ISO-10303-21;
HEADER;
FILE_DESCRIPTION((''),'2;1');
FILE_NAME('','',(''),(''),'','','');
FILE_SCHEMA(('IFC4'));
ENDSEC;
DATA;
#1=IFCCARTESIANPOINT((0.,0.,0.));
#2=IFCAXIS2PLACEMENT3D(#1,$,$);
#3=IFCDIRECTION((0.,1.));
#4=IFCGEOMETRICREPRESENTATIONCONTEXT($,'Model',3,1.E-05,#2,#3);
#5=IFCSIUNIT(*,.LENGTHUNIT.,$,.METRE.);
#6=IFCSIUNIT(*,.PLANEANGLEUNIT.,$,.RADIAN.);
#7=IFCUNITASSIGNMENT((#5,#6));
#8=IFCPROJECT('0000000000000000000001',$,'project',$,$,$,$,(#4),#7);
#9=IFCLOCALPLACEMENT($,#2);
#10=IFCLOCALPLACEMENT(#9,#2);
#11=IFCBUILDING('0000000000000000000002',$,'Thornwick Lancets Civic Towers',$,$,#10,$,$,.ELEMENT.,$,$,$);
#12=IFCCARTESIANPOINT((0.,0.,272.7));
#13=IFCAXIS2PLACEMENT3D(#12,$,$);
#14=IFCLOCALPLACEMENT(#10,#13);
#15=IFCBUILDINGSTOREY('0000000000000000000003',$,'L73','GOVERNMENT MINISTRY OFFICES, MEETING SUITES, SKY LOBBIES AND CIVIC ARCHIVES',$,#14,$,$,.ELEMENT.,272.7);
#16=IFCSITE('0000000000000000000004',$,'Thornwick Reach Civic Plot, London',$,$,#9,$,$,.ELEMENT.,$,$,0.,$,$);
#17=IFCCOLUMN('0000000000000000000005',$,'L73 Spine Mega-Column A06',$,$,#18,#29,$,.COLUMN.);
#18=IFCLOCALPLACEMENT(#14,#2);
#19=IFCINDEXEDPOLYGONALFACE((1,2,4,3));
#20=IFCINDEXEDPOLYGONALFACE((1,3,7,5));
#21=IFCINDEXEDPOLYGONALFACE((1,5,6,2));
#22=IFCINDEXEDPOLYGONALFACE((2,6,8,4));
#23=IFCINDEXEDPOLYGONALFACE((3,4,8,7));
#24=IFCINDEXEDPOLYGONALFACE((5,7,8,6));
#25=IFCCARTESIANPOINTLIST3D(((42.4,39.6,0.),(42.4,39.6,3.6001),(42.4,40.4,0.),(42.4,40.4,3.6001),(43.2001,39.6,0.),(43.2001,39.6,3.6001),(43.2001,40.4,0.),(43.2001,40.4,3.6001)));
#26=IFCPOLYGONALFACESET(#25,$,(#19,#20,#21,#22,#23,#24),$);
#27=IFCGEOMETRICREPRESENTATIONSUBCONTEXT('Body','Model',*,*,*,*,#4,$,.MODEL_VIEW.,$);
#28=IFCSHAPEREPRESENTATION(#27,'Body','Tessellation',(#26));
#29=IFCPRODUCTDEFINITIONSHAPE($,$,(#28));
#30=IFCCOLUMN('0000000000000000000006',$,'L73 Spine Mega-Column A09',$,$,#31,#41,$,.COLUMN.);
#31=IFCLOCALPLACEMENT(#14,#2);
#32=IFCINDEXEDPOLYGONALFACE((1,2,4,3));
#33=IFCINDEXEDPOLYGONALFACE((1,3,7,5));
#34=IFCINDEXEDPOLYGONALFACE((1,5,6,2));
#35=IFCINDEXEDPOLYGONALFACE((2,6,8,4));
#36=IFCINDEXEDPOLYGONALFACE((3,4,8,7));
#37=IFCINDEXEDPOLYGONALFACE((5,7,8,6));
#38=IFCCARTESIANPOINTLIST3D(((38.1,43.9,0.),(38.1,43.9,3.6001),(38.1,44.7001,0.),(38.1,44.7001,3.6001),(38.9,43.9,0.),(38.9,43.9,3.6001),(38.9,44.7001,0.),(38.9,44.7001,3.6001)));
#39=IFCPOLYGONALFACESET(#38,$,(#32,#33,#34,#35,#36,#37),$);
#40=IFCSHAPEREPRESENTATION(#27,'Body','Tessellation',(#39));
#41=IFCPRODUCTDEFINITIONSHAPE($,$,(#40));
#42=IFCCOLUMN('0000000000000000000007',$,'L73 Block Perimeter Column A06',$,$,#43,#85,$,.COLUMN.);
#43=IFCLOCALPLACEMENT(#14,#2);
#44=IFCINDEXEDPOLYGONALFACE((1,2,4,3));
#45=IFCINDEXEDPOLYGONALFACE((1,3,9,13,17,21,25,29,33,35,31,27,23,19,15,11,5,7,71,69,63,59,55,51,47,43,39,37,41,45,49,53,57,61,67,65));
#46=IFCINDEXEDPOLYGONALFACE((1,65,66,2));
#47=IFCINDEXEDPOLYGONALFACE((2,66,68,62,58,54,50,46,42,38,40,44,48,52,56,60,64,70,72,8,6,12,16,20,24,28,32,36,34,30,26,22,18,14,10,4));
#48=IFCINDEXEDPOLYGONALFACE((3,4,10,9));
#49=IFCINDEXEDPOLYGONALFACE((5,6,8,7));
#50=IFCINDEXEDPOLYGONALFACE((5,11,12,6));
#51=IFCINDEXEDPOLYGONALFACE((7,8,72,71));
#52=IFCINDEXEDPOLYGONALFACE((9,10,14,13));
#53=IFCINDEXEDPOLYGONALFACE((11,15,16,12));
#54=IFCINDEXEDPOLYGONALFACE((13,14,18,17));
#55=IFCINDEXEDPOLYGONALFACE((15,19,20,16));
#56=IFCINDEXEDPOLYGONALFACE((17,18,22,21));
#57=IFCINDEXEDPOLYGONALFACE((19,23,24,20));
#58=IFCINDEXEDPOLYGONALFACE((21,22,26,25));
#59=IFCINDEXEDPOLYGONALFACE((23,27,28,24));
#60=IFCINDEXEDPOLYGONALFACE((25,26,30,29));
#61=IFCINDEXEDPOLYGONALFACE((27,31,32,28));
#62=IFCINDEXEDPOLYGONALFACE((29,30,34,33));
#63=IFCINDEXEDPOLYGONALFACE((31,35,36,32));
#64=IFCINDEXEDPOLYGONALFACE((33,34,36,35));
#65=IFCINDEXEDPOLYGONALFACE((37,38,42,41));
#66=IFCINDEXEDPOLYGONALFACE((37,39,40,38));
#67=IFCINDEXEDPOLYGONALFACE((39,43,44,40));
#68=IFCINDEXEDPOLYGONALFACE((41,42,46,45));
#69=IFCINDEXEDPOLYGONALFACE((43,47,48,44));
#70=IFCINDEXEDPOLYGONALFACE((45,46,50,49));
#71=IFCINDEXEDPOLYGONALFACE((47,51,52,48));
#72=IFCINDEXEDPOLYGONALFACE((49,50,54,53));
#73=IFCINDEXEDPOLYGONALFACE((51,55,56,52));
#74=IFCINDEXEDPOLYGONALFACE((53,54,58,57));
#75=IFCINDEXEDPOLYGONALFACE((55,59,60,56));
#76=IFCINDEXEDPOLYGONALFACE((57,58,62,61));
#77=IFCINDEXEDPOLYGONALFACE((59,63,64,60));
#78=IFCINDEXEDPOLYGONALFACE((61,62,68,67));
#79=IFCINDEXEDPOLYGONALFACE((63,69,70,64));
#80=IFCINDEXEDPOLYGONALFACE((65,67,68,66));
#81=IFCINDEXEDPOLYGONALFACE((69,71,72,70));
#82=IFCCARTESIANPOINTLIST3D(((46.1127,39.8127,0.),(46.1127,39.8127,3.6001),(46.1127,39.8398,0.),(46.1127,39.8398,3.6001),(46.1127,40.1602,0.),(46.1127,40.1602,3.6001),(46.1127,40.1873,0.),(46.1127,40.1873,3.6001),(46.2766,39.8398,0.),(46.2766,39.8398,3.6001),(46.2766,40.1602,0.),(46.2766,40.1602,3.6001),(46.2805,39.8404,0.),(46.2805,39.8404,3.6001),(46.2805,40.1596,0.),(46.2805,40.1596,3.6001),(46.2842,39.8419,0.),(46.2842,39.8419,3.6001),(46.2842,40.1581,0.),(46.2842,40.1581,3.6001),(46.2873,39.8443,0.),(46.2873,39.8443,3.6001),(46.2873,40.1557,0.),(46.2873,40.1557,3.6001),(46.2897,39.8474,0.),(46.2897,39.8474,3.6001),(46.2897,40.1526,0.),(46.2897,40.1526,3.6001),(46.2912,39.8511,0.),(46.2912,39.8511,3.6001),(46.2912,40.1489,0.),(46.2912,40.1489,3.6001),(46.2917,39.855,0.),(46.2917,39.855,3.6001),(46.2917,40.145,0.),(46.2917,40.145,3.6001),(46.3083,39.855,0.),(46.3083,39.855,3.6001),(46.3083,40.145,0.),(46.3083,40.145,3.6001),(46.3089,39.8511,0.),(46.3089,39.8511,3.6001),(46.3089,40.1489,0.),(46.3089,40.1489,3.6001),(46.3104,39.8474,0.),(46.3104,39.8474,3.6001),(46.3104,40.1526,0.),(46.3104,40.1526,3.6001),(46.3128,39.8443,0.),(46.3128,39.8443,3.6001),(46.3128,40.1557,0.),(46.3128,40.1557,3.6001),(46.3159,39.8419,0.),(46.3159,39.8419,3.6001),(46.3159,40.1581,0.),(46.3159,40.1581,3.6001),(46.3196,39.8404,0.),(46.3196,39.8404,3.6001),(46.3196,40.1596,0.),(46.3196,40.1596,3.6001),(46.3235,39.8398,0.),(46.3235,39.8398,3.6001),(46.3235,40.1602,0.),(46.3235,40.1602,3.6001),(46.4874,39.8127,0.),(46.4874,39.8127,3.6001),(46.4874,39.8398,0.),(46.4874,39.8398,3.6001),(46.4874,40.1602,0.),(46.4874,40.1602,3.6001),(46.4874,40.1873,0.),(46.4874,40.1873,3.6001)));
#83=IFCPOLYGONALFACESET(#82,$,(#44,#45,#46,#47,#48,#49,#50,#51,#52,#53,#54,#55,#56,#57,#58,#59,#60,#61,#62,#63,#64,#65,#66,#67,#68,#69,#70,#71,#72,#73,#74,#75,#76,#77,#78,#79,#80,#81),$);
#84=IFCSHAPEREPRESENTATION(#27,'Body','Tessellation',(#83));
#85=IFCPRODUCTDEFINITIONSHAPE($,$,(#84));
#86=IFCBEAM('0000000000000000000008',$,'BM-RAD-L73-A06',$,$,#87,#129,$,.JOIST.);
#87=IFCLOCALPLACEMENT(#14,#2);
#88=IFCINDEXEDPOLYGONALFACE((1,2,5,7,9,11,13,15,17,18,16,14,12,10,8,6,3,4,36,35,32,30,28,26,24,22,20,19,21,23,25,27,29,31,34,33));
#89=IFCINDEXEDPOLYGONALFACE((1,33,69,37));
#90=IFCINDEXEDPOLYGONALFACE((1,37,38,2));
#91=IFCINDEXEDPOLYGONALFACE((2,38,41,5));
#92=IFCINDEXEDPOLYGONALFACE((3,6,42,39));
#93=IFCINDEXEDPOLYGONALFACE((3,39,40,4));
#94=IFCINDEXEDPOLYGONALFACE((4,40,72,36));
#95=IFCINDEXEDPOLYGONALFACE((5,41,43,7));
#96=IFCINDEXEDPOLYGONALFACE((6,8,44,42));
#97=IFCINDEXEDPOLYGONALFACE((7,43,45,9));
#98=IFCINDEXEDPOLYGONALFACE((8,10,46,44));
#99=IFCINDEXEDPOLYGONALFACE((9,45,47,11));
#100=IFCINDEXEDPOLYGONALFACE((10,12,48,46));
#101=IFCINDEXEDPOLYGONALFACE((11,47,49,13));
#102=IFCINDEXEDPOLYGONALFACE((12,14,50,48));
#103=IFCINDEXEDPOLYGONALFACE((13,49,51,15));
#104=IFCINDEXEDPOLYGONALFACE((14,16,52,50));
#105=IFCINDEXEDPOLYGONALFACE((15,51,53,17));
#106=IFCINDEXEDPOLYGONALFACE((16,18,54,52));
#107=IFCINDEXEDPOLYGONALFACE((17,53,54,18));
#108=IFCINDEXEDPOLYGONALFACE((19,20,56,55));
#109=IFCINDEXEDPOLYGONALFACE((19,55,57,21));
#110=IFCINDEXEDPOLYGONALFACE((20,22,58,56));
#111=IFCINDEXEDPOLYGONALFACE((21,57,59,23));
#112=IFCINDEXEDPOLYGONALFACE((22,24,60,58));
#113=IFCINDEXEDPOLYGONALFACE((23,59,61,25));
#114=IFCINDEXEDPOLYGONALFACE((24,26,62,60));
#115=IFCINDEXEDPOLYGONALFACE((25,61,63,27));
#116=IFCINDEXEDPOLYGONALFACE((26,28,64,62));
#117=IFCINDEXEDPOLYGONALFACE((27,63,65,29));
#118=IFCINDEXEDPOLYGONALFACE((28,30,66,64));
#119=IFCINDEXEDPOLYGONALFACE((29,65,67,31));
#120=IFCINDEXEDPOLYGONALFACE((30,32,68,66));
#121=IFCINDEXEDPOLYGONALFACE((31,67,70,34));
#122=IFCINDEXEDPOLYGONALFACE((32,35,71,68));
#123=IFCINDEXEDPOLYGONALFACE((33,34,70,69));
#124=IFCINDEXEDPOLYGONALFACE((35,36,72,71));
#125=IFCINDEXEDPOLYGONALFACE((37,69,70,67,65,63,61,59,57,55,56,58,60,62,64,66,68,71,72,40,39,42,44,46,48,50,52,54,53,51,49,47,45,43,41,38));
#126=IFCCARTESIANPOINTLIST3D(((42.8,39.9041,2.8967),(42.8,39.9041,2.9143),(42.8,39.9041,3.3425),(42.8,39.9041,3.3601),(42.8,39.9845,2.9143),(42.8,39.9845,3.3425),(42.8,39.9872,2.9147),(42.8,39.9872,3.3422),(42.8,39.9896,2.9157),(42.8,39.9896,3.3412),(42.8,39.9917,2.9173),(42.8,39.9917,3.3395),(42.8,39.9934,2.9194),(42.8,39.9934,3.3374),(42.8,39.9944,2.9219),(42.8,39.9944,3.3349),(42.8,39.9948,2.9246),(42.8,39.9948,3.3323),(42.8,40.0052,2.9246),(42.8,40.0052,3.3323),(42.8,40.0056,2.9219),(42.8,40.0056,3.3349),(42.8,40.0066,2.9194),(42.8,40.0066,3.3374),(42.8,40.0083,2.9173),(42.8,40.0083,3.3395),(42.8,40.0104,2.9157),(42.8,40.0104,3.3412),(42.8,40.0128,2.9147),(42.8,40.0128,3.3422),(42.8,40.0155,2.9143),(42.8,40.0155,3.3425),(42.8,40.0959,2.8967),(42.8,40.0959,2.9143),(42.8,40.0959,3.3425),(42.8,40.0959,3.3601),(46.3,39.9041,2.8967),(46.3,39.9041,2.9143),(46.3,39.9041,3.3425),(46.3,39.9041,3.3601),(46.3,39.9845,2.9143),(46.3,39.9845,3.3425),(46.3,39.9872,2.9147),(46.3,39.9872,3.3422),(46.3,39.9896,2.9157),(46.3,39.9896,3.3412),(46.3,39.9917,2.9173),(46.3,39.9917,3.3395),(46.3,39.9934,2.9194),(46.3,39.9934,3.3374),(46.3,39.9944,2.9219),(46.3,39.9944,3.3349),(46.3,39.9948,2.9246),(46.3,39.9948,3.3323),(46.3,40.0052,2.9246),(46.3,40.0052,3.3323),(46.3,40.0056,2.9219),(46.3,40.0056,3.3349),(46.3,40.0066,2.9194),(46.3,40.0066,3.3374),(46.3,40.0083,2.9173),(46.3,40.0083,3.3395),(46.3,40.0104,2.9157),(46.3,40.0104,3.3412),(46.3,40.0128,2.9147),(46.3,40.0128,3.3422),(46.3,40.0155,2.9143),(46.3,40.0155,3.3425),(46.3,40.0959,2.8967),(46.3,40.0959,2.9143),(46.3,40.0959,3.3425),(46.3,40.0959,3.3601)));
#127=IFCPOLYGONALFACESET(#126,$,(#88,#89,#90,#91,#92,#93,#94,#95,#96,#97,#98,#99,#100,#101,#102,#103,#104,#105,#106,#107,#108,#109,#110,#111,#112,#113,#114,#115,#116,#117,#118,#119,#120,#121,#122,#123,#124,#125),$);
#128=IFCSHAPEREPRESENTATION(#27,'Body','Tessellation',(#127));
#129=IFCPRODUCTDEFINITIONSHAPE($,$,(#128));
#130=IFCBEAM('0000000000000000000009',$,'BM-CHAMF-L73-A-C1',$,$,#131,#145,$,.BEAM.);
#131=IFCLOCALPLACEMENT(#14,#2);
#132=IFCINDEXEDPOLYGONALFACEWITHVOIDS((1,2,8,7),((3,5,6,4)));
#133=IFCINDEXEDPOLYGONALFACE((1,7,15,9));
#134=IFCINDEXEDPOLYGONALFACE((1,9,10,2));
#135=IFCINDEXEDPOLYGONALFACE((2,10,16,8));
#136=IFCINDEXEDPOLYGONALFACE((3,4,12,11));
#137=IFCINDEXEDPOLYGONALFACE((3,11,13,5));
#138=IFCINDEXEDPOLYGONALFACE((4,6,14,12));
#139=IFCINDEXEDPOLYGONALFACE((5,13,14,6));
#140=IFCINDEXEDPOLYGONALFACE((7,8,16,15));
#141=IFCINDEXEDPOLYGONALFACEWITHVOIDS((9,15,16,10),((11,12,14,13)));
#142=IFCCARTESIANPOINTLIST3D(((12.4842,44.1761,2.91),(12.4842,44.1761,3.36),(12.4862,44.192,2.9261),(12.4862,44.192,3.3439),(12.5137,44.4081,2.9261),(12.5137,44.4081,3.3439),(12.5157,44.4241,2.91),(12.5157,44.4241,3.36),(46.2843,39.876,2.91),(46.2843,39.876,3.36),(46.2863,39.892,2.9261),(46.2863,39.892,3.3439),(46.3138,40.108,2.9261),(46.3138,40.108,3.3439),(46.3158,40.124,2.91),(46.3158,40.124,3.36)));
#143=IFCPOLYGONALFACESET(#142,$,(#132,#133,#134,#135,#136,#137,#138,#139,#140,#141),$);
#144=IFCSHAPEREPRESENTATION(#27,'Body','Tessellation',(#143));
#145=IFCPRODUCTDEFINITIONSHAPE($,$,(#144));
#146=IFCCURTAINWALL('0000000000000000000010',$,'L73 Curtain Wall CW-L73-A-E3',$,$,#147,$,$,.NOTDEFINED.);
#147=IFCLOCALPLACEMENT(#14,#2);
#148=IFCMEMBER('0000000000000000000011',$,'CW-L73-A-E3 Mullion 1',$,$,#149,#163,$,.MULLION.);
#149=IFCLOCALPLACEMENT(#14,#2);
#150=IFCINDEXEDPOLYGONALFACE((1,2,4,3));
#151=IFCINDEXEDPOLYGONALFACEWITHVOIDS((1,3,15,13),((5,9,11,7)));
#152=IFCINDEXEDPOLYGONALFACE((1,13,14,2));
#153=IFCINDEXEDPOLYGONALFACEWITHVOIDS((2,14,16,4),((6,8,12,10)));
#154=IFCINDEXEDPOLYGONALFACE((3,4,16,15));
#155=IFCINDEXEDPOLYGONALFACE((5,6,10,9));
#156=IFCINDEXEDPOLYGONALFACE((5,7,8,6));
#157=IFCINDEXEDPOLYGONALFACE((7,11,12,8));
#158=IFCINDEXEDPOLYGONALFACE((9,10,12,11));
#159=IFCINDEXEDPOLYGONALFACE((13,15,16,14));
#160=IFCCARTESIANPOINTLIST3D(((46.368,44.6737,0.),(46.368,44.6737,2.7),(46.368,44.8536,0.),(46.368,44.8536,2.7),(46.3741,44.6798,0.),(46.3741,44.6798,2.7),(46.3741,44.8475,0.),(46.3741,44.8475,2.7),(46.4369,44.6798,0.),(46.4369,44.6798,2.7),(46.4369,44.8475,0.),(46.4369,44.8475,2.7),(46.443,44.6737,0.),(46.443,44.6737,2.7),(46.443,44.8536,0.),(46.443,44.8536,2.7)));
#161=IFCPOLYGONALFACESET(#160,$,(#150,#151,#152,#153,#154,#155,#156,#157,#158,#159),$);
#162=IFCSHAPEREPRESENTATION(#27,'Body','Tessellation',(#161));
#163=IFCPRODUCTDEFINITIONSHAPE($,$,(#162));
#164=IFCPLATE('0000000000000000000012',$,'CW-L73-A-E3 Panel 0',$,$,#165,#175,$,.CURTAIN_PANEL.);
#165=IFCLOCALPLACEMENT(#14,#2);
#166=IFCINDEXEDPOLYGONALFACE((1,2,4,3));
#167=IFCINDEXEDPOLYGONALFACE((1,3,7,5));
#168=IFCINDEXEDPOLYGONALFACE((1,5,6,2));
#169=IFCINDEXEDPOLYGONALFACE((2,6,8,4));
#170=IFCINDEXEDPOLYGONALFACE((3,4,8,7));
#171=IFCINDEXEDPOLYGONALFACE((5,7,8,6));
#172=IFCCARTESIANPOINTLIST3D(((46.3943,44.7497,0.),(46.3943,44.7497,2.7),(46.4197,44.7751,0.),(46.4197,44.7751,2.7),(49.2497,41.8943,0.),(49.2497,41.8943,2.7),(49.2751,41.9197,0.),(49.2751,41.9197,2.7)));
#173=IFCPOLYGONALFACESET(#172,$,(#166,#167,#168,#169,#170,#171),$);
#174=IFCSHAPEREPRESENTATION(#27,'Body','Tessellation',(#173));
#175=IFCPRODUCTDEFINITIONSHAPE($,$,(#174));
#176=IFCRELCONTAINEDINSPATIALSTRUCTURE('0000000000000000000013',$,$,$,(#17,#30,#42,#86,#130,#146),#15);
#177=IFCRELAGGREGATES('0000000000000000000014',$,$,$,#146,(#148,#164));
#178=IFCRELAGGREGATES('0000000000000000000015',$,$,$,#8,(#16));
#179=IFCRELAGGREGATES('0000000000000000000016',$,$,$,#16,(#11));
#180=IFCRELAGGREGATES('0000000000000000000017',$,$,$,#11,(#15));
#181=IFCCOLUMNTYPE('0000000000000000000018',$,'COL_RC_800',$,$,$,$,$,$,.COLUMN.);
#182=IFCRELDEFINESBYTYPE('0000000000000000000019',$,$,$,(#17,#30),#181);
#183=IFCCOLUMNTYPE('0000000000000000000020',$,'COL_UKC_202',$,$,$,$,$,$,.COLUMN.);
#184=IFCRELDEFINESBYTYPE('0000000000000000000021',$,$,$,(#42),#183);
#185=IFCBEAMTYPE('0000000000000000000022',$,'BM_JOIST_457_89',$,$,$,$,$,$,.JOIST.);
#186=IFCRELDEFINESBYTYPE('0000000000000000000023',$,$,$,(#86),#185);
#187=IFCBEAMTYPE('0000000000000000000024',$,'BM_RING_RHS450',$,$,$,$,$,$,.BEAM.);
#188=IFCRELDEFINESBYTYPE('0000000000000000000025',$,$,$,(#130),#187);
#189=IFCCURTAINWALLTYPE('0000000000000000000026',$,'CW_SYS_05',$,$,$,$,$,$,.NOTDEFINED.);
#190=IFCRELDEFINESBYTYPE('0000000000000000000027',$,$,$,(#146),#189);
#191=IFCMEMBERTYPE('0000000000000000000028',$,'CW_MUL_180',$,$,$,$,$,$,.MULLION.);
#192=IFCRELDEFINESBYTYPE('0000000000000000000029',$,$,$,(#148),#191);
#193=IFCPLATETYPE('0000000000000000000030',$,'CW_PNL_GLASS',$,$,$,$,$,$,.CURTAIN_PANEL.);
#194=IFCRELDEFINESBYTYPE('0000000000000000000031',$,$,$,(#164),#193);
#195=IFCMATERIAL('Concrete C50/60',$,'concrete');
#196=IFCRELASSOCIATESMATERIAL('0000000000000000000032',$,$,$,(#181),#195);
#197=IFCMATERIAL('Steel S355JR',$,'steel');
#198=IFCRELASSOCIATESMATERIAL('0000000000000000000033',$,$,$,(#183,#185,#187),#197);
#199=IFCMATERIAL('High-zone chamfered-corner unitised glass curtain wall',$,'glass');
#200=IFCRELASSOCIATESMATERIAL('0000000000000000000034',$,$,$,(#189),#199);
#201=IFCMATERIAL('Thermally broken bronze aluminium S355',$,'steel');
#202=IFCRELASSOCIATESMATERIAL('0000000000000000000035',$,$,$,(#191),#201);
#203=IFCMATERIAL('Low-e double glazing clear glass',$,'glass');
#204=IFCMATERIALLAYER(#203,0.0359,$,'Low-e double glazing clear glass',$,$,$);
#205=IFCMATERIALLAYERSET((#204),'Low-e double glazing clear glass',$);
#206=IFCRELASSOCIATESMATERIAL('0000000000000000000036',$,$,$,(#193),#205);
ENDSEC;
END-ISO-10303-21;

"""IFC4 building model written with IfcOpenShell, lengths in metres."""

from ifc_helpers import new_model, si_unit, direction, frame, origin, origin_2d, place, context, subcontext, project, spatial, rectangle, hollow_rectangle, i_section, extrude, material, layer, layer_set, material_profile, profile_set, type_object, element, aggregate, save


model = new_model("IFC4")

# Units and contexts
model_context = context("Model", 3, precision=1e-05, world=origin(), true_north=direction((0.0, 1.0)))
body_context = subcontext(model_context, "Body", "Model", "MODEL_VIEW")
ifc_project = project(units=[si_unit("LENGTHUNIT", "METRE"), si_unit("PLANEANGLEUNIT", "RADIAN")], contexts=[model_context])

# Site, building, storey
site_placement = place(None, origin())
site = spatial("IfcSite", under=ifc_project, at=site_placement, Name="Thornwick Reach Civic Plot, London", CompositionType="ELEMENT", RefElevation=0.0)
building_placement = place(site_placement, origin())
building = spatial("IfcBuilding", under=site, at=building_placement, Name="Thornwick Lancets Civic Towers", CompositionType="ELEMENT")
storey_placement = place(building_placement, frame((0.0, 0.0, 272.7)))
storey = spatial("IfcBuildingStorey", under=building, at=storey_placement, Name="L73", Description="GOVERNMENT MINISTRY OFFICES, MEETING SUITES, SKY LOBBIES AND CIVIC ARCHIVES", CompositionType="ELEMENT", Elevation=272.7)

# Columns
ifc_material_1 = material(Name="Concrete C50/60", Category="concrete")
ifc_material_profile_1 = material_profile(ifc_material_1, rectangle(XDim=0.8, YDim=0.8, at=origin_2d()), Name="RC 800x800")
ifc_profile_set_1 = profile_set([ifc_material_profile_1], Name="Concrete C50/60")
column_type_1 = type_object("IfcColumnType", Name="COL_RC_800", PredefinedType="COLUMN", material=ifc_profile_set_1)
for number, where, z_axis, x_axis, name in (
    (1, (42.8, 40.0, 0.0), (0.0, 0.0, 1.0), (1.0, 0.0, 0.0), "L73 Spine Mega-Column A06"),
    (2, (38.5, 44.3, 0.0), (0.0, 0.0, 1.0), (1.0, 0.0, 0.0), "L73 Spine Mega-Column A09"),
):
    element("IfcColumn", number, at=place(storey_placement, frame(where, z_axis=z_axis, x_axis=x_axis)), inside=storey, type_object=column_type_1, Name=name, PredefinedType="COLUMN", context=body_context, shape_type="SweptSolid", body=[
        extrude(rectangle(XDim=0.8, YDim=0.8, at=origin_2d()), origin(), (0.0, 0.0, 1.0), 3.6001),
    ])
ifc_material_2 = material(Name="Steel S355JR", Category="steel")
ifc_material_profile_2 = material_profile(ifc_material_2, i_section(OverallWidth=0.3748, OverallDepth=0.3745, WebThickness=0.0166, FlangeThickness=0.0271, FilletRadius=0.0151, at=origin_2d()), Name="UKC 356x368x202")
ifc_profile_set_2 = profile_set([ifc_material_profile_2], Name="Steel S355JR")
column_type_2 = type_object("IfcColumnType", Name="COL_UKC_202", PredefinedType="COLUMN", material=ifc_profile_set_2)
column_placement = place(storey_placement, frame((46.3, 40.0, 0.0), z_axis=(0.0, 0.0, 1.0), x_axis=(1.0, 0.0, 0.0)))
element("IfcColumn", 3, at=column_placement, inside=storey, type_object=column_type_2, Name="L73 Block Perimeter Column A06", PredefinedType="COLUMN", context=body_context, shape_type="SweptSolid", body=[
    extrude(i_section(OverallWidth=0.3748, OverallDepth=0.3745, WebThickness=0.0166, FlangeThickness=0.0271, FilletRadius=0.0151, at=origin_2d()), origin(), (0.0, 0.0, 1.0), 3.6001),
])

# Beams
ifc_material_profile_3 = material_profile(ifc_material_2, i_section(OverallWidth=0.1919, OverallDepth=0.4634, WebThickness=0.0105, FlangeThickness=0.0176, FilletRadius=0.0103, at=origin_2d()), Name="UKB 457x191x89")
ifc_profile_set_3 = profile_set([ifc_material_profile_3], Name="Steel S355JR")
beam_type_1 = type_object("IfcBeamType", Name="BM_JOIST_457_89", PredefinedType="JOIST", material=ifc_profile_set_3)
beam_1_placement = place(storey_placement, frame((42.8, 40.0, 3.1284), z_axis=(1.0, 0.0, 0.0), x_axis=(0.0, 1.0, 0.0)))
element("IfcBeam", 4, at=beam_1_placement, inside=storey, type_object=beam_type_1, Name="BM-RAD-L73-A06", PredefinedType="JOIST", context=body_context, shape_type="SweptSolid", body=[
    extrude(i_section(OverallWidth=0.1919, OverallDepth=0.4634, WebThickness=0.0105, FlangeThickness=0.0176, FilletRadius=0.0103, at=origin_2d()), origin(), (0.0, 0.0, 1.0), 3.5),
])
ifc_material_profile_4 = material_profile(ifc_material_2, hollow_rectangle(XDim=0.25, YDim=0.45, WallThickness=0.0161, at=origin_2d()), Name="RHS 450x250x16")
ifc_profile_set_4 = profile_set([ifc_material_profile_4], Name="Steel S355JR")
beam_type_2 = type_object("IfcBeamType", Name="BM_RING_RHS450", PredefinedType="BEAM", material=ifc_profile_set_4)
beam_2_placement = place(storey_placement, frame((46.3, 40.0, 3.135), z_axis=(-0.992004, 0.126203, 0.0), x_axis=(-0.126203, -0.992004, 0.0)))
element("IfcBeam", 5, at=beam_2_placement, inside=storey, type_object=beam_type_2, Name="BM-CHAMF-L73-A-C1", PredefinedType="BEAM", context=body_context, shape_type="SweptSolid", body=[
    extrude(hollow_rectangle(XDim=0.25, YDim=0.45, WallThickness=0.0161, at=origin_2d()), origin(), (0.0, 0.0, 1.0), 34.0725),
])

# Curtain wall, member, plate
ifc_material_3 = material(Name="High-zone chamfered-corner unitised glass curtain wall", Category="glass")
curtain_wall_type = type_object("IfcCurtainWallType", Name="CW_SYS_05", PredefinedType="NOTDEFINED", material=ifc_material_3)
curtain_wall_placement = place(storey_placement, origin())
curtain_wall = element("IfcCurtainWall", 6, at=curtain_wall_placement, inside=storey, type_object=curtain_wall_type, Name="L73 Curtain Wall CW-L73-A-E3", PredefinedType="NOTDEFINED")
ifc_material_4 = material(Name="Thermally broken bronze aluminium S355", Category="steel")
ifc_material_profile_5 = material_profile(ifc_material_4, hollow_rectangle(XDim=0.075, YDim=0.1799, WallThickness=0.0061, at=origin_2d()), Name="RHS 180x75x6")
ifc_profile_set_5 = profile_set([ifc_material_profile_5], Name="Thermally broken bronze aluminium S355")
member_type = type_object("IfcMemberType", Name="CW_MUL_180", PredefinedType="MULLION", material=ifc_profile_set_5)
member_placement = place(storey_placement, frame((46.4055, 44.7637, 0.0), z_axis=(0.0, 0.0, 1.0), x_axis=(1.0, 0.0, 0.0)))
member = element("IfcMember", 7, at=member_placement, type_object=member_type, Name="CW-L73-A-E3 Mullion 1", PredefinedType="MULLION", context=body_context, shape_type="SweptSolid", body=[
    extrude(hollow_rectangle(XDim=0.075, YDim=0.1799, WallThickness=0.0061, at=origin_2d()), origin(), (0.0, 0.0, 1.0), 2.7),
])
ifc_material_5 = material(Name="Low-e double glazing clear glass", Category="glass")
ifc_layer_1 = layer(ifc_material_5, 0.0359, Name="Low-e double glazing clear glass")
ifc_layer_set_1 = layer_set([ifc_layer_1], Name="Low-e double glazing clear glass")
plate_type = type_object("IfcPlateType", Name="CW_PNL_GLASS", PredefinedType="CURTAIN_PANEL", material=ifc_layer_set_1)
plate_placement = place(storey_placement, frame((47.8347, 43.3347, 0.0), z_axis=(0.0, 0.0, 1.0), x_axis=(-0.707107, 0.707107, 0.0)))
plate = element("IfcPlate", 8, at=plate_placement, type_object=plate_type, Name="CW-L73-A-E3 Panel 0", PredefinedType="CURTAIN_PANEL", context=body_context, shape_type="SweptSolid", body=[
    extrude(rectangle(XDim=4.0381, YDim=0.0359, at=origin_2d()), origin(), (0.0, 0.0, 1.0), 2.7),
])
aggregate(curtain_wall, [member, plate])

save(model, "model.ifc")
